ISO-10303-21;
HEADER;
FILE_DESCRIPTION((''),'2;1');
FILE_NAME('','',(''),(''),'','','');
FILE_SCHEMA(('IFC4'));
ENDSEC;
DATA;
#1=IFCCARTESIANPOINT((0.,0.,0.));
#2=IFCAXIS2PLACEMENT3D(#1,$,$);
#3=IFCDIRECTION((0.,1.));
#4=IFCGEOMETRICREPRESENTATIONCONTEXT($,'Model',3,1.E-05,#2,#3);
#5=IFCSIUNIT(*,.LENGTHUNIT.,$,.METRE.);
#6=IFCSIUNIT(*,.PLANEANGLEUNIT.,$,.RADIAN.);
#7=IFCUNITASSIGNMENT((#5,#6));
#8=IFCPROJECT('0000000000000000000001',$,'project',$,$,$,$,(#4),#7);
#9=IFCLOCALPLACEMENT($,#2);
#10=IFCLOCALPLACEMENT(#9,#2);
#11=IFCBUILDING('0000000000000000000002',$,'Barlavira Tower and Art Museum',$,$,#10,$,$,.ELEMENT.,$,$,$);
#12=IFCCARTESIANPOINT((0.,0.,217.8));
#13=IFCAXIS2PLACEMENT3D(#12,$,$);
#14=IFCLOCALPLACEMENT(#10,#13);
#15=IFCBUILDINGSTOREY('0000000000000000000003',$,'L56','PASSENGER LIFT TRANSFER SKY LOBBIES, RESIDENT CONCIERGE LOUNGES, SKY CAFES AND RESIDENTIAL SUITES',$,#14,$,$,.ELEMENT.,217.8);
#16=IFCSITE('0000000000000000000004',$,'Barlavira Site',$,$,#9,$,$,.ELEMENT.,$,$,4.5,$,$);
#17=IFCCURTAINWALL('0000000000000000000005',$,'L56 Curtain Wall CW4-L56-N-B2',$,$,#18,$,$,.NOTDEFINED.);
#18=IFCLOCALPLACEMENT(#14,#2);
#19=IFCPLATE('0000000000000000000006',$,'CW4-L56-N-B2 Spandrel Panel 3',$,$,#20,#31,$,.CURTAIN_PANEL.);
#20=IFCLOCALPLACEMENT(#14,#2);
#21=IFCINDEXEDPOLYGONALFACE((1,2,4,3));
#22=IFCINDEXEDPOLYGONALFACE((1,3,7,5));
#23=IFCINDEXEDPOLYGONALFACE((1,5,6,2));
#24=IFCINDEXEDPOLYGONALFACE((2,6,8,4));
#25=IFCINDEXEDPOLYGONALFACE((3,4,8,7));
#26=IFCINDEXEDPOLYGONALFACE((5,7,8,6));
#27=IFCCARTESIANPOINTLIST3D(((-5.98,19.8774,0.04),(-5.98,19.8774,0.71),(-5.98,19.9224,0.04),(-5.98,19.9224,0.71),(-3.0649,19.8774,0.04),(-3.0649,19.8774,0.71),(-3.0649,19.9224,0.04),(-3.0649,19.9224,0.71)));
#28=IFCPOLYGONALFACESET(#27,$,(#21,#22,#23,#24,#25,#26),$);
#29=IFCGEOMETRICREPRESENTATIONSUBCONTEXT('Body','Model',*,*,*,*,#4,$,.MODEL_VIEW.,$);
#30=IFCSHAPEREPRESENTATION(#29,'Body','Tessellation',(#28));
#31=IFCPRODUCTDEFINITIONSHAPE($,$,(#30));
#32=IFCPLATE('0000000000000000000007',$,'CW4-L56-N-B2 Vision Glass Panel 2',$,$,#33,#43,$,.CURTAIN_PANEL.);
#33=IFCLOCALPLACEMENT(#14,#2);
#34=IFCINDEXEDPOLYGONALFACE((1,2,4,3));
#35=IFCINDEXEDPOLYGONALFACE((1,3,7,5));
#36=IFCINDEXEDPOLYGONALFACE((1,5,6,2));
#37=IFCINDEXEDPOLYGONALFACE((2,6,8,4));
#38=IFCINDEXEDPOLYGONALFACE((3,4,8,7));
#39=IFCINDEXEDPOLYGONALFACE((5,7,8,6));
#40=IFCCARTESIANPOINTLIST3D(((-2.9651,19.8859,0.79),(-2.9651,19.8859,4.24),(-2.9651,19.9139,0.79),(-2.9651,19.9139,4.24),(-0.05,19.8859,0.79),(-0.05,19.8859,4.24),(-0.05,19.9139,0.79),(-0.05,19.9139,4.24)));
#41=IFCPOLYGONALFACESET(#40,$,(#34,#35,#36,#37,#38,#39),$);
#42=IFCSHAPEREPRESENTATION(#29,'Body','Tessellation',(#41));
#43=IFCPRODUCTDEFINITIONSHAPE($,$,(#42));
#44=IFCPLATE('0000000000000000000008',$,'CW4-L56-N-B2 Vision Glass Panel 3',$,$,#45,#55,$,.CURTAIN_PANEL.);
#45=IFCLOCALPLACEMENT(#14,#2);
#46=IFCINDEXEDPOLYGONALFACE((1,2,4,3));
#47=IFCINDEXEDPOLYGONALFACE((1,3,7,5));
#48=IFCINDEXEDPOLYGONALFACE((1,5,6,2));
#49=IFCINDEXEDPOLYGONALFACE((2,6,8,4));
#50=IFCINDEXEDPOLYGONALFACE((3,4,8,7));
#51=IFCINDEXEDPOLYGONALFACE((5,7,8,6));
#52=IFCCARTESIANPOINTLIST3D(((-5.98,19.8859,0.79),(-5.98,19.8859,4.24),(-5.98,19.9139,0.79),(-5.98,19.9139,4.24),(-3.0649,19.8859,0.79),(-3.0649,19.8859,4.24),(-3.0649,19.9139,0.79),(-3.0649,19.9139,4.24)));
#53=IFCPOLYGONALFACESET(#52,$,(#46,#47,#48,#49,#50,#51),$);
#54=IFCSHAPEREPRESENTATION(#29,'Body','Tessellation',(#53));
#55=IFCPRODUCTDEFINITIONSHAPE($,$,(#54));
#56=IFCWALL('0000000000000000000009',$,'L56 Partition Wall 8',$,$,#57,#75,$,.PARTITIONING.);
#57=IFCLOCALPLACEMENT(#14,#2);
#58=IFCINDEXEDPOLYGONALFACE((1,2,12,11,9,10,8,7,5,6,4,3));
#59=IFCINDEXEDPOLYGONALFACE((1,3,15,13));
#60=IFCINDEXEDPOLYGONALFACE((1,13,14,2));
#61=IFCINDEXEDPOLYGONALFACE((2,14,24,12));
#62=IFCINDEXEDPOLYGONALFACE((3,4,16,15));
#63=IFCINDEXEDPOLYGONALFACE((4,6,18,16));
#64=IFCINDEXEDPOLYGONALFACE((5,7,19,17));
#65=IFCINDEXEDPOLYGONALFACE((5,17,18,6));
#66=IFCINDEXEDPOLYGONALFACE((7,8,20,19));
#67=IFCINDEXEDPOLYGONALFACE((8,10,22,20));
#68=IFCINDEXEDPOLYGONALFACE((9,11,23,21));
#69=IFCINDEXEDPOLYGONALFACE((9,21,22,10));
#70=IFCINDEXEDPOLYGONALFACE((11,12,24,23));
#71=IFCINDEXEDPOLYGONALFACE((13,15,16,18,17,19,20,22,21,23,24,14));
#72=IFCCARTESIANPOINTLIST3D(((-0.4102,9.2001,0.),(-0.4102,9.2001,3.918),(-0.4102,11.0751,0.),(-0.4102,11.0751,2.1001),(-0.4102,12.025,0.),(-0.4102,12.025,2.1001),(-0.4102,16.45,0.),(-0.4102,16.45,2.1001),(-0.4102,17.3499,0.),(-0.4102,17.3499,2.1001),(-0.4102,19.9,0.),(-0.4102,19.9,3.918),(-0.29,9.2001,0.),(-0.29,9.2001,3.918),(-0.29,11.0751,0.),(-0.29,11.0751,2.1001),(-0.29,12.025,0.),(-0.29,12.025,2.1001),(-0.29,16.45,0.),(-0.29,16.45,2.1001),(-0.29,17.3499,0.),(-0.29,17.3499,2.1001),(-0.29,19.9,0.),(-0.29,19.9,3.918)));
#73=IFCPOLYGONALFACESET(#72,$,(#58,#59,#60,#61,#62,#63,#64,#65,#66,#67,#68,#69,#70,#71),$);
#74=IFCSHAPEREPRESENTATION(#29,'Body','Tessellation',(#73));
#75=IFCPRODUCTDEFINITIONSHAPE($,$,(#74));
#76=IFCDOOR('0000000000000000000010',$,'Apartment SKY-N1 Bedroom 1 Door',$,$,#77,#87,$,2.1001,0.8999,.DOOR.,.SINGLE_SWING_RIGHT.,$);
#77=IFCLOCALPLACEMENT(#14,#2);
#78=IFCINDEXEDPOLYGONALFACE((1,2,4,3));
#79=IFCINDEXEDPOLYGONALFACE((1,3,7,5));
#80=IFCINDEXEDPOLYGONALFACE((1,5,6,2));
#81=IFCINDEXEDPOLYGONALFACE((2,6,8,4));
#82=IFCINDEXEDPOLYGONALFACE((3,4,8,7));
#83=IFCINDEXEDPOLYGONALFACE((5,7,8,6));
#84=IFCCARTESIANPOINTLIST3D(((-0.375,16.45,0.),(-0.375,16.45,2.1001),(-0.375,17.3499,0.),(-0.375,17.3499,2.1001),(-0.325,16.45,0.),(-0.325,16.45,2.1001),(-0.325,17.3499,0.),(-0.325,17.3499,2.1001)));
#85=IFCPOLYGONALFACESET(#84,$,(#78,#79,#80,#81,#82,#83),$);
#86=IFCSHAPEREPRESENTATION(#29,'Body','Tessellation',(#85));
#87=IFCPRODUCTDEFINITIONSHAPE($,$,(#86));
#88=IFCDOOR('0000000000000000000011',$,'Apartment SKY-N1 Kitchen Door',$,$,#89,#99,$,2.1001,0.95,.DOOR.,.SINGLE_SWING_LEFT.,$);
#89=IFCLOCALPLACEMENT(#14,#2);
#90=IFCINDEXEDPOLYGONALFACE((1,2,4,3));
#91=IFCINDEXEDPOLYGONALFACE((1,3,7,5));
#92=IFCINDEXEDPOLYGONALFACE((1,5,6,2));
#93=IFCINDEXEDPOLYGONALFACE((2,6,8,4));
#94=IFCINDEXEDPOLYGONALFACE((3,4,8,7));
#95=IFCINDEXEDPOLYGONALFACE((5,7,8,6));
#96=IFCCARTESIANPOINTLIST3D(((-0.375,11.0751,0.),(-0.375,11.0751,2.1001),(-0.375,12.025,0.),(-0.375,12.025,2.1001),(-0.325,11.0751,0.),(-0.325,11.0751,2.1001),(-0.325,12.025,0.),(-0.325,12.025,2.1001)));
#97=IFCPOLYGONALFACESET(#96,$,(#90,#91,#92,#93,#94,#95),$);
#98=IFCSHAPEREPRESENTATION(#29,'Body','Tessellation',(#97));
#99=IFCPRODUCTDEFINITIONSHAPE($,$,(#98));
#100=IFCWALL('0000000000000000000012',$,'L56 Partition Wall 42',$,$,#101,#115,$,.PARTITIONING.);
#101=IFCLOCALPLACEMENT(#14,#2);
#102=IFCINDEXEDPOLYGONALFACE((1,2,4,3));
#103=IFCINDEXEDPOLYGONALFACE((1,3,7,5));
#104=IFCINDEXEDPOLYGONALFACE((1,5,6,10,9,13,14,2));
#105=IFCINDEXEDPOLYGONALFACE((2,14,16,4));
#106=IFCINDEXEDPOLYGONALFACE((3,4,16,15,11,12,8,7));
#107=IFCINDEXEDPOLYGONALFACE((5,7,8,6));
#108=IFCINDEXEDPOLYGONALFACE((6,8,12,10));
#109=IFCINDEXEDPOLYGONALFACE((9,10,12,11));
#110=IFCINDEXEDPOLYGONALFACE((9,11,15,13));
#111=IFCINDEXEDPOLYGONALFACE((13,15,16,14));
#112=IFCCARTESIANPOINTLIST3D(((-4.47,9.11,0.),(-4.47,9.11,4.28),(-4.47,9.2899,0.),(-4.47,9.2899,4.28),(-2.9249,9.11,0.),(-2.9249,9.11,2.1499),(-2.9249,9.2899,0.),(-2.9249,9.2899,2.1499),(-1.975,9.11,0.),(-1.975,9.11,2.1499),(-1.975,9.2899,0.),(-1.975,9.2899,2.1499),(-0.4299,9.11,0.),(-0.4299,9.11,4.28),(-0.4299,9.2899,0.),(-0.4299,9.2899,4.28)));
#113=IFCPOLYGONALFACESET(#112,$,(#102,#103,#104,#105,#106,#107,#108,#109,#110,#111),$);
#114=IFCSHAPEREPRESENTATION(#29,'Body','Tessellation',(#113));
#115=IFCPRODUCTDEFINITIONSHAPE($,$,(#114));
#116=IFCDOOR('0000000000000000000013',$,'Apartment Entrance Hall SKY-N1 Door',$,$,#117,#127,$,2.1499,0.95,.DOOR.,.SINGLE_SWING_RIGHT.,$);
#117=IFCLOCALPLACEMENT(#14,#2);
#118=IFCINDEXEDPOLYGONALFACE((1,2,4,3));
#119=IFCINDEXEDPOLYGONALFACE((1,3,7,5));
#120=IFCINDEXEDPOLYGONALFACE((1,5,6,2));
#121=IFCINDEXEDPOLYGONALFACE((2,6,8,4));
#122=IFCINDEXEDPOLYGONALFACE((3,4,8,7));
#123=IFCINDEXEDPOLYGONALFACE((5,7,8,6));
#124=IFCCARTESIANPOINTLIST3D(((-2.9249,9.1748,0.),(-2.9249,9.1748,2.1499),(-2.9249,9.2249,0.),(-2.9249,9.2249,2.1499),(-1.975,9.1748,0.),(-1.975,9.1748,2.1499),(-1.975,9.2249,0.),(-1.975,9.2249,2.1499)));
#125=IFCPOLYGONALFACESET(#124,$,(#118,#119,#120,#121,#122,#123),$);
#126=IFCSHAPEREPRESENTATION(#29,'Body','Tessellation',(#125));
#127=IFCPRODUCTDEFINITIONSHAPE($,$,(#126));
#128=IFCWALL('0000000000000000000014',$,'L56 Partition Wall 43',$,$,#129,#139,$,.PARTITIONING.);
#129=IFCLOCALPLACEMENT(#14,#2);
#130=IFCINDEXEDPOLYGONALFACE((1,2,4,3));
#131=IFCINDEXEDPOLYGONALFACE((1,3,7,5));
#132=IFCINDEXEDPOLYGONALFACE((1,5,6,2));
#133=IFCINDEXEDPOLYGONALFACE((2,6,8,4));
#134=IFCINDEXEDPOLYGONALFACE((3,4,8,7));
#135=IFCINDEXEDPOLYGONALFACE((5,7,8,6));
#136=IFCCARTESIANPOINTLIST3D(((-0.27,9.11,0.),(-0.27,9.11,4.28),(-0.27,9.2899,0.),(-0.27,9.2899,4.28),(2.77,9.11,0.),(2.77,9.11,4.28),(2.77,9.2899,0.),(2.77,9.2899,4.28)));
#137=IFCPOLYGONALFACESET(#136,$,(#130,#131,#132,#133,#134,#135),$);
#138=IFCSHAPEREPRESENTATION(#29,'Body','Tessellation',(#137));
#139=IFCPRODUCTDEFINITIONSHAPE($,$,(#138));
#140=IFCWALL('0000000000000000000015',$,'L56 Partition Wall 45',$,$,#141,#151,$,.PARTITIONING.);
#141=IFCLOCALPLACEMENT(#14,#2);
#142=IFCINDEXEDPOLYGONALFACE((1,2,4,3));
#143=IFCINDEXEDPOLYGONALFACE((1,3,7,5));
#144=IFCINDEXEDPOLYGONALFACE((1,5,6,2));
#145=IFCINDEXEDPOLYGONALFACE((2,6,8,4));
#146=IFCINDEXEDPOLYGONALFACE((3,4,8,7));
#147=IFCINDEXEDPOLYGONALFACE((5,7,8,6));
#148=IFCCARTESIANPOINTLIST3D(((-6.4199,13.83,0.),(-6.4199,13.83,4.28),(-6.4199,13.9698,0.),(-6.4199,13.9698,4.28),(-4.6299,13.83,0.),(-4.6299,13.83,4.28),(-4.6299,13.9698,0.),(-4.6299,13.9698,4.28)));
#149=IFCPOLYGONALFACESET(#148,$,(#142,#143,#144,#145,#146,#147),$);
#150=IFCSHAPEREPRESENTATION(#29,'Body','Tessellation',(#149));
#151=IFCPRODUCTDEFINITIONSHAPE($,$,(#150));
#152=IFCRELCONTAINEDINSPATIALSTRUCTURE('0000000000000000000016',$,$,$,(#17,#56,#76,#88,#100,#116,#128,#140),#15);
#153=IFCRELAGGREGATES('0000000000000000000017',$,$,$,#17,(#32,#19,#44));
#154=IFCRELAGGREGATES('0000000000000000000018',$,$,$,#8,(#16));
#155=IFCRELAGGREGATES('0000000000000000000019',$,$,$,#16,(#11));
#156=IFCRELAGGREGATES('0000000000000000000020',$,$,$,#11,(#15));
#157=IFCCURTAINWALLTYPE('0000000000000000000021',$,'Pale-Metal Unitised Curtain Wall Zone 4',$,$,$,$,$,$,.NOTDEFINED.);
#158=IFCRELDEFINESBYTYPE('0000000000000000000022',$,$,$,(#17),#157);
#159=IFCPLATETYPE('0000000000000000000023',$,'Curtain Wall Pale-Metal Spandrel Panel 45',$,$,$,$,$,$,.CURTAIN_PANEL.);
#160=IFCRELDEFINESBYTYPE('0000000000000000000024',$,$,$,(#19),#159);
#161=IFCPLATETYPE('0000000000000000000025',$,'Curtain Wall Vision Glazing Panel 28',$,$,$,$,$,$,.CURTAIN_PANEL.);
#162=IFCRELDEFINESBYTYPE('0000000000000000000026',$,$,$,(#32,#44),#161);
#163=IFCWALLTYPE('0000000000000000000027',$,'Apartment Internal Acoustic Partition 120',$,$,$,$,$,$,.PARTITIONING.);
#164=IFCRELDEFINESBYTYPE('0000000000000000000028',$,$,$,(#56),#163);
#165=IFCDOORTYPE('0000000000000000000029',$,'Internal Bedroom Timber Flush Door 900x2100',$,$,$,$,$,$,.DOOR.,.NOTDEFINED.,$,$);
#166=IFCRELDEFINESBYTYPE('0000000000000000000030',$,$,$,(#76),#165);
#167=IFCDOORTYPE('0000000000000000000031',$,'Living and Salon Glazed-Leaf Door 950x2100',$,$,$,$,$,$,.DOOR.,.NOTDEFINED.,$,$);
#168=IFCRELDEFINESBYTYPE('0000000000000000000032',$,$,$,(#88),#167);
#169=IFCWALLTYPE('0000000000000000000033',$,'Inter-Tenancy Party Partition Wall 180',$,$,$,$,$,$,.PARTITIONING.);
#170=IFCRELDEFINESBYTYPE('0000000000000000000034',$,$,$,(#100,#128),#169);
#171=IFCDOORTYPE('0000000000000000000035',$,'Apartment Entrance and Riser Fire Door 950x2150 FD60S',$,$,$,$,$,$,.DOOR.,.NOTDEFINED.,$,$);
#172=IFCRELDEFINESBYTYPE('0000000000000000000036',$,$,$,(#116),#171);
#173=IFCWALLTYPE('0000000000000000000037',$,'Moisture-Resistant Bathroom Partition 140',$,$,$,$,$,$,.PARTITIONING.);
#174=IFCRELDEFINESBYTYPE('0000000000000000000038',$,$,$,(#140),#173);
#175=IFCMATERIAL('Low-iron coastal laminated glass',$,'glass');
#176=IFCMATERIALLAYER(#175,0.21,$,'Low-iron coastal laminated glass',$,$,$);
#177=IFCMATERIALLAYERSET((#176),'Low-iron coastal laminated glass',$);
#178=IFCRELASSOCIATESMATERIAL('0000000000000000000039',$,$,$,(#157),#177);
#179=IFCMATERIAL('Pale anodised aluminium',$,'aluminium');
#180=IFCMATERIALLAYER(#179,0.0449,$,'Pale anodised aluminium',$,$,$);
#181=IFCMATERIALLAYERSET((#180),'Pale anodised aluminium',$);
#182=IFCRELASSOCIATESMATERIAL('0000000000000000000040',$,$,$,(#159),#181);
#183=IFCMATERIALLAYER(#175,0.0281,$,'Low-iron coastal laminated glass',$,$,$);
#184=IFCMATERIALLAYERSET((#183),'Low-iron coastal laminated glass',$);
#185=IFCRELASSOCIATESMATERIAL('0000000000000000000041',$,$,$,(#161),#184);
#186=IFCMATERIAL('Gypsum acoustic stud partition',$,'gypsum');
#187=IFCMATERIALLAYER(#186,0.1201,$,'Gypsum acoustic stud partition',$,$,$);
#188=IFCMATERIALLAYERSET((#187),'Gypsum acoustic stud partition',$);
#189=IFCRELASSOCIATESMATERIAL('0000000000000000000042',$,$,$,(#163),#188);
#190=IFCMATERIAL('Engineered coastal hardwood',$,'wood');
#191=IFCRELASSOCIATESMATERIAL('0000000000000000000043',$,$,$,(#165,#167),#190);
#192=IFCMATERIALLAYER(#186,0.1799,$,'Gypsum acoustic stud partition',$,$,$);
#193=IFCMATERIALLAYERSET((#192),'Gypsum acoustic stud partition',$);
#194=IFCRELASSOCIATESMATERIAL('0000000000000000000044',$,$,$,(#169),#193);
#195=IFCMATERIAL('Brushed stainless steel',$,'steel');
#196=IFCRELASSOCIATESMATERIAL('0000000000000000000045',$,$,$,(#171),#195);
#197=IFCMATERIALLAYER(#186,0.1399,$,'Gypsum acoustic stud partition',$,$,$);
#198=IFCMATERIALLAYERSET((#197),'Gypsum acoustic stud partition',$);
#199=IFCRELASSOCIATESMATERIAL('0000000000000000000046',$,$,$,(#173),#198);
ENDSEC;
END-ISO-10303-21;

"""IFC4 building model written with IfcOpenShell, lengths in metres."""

from ifc_helpers import new_model, si_unit, direction, frame, frame_2d, origin, origin_2d, place, context, subcontext, project, spatial, rectangle, extrude, material, layer, layer_set, type_object, element, fill, aggregate, save


model = new_model("IFC4")

# Units and contexts
model_context = context("Model", 3, precision=1e-05, world=origin(), true_north=direction((0.0, 1.0)))
body_context = subcontext(model_context, "Body", "Model", "MODEL_VIEW")
ifc_project = project(units=[si_unit("LENGTHUNIT", "METRE"), si_unit("PLANEANGLEUNIT", "RADIAN")], contexts=[model_context])

# Site, building, storey
site_placement = place(None, origin())
site = spatial("IfcSite", under=ifc_project, at=site_placement, Name="Barlavira Site", CompositionType="ELEMENT", RefElevation=4.5)
building_placement = place(site_placement, origin())
building = spatial("IfcBuilding", under=site, at=building_placement, Name="Barlavira Tower and Art Museum", CompositionType="ELEMENT")
storey_placement = place(building_placement, frame((0.0, 0.0, 217.8)))
storey = spatial("IfcBuildingStorey", under=building, at=storey_placement, Name="L56", Description="PASSENGER LIFT TRANSFER SKY LOBBIES, RESIDENT CONCIERGE LOUNGES, SKY CAFES AND RESIDENTIAL SUITES", CompositionType="ELEMENT", Elevation=217.8)

# Curtain wall
ifc_material_1 = material(Name="Low-iron coastal laminated glass", Category="glass")
ifc_layer_1 = layer(ifc_material_1, 0.21, Name="Low-iron coastal laminated glass")
ifc_layer_set_1 = layer_set([ifc_layer_1], Name="Low-iron coastal laminated glass")
curtain_wall_type = type_object("IfcCurtainWallType", Name="Pale-Metal Unitised Curtain Wall Zone 4", PredefinedType="NOTDEFINED", material=ifc_layer_set_1)
curtain_wall_placement = place(storey_placement, origin())
curtain_wall = element("IfcCurtainWall", 1, at=curtain_wall_placement, inside=storey, type_object=curtain_wall_type, Name="L56 Curtain Wall CW4-L56-N-B2", PredefinedType="NOTDEFINED")
ifc_material_2 = material(Name="Pale anodised aluminium", Category="aluminium")

# Plates
ifc_layer_2 = layer(ifc_material_2, 0.0449, Name="Pale anodised aluminium")
ifc_layer_set_2 = layer_set([ifc_layer_2], Name="Pale anodised aluminium")
plate_type_1 = type_object("IfcPlateType", Name="Curtain Wall Pale-Metal Spandrel Panel 45", PredefinedType="CURTAIN_PANEL", material=ifc_layer_set_2)
plate_1_placement = place(storey_placement, frame((-4.5225, 19.8999, 0.04), z_axis=(0.0, 0.0, 1.0), x_axis=(-1.0, 0.0, 0.0)))
plate_1 = element("IfcPlate", 2, at=plate_1_placement, type_object=plate_type_1, Name="CW4-L56-N-B2 Spandrel Panel 3", PredefinedType="CURTAIN_PANEL", context=body_context, shape_type="SweptSolid", body=[
    extrude(rectangle(XDim=2.915, YDim=0.0449, at=origin_2d()), origin(), (0.0, 0.0, 1.0), 0.6699),
])
ifc_layer_3 = layer(ifc_material_1, 0.0281, Name="Low-iron coastal laminated glass")
ifc_layer_set_3 = layer_set([ifc_layer_3], Name="Low-iron coastal laminated glass")
plate_type_2 = type_object("IfcPlateType", Name="Curtain Wall Vision Glazing Panel 28", PredefinedType="CURTAIN_PANEL", material=ifc_layer_set_3)
plate_2_placement = place(storey_placement, frame((-1.5076, 19.8999, 0.79), z_axis=(0.0, 0.0, 1.0), x_axis=(-1.0, 0.0, 0.0)))
plate_2 = element("IfcPlate", 3, at=plate_2_placement, type_object=plate_type_2, Name="CW4-L56-N-B2 Vision Glass Panel 2", PredefinedType="CURTAIN_PANEL", context=body_context, shape_type="SweptSolid", body=[
    extrude(rectangle(XDim=2.915, YDim=0.0281, at=origin_2d()), origin(), (0.0, 0.0, 1.0), 3.45),
])
plate_3_placement = place(storey_placement, frame((-4.5225, 19.8999, 0.79), z_axis=(0.0, 0.0, 1.0), x_axis=(-1.0, 0.0, 0.0)))
plate_3 = element("IfcPlate", 4, at=plate_3_placement, type_object=plate_type_2, Name="CW4-L56-N-B2 Vision Glass Panel 3", PredefinedType="CURTAIN_PANEL", context=body_context, shape_type="SweptSolid", body=[
    extrude(rectangle(XDim=2.915, YDim=0.0281, at=origin_2d()), origin(), (0.0, 0.0, 1.0), 3.45),
])
aggregate(curtain_wall, [plate_2, plate_1, plate_3])

# Wall, openings, doors
ifc_material_3 = material(Name="Gypsum acoustic stud partition", Category="gypsum")
ifc_layer_4 = layer(ifc_material_3, 0.1201, Name="Gypsum acoustic stud partition")
ifc_layer_set_4 = layer_set([ifc_layer_4], Name="Gypsum acoustic stud partition")
wall_type_1 = type_object("IfcWallType", Name="Apartment Internal Acoustic Partition 120", PredefinedType="PARTITIONING", material=ifc_layer_set_4)
wall_1_placement = place(storey_placement, frame((-0.3501, 9.2, 0.0), z_axis=(0.0, 0.0, 1.0), x_axis=(0.0, 1.0, 0.0)))
wall_1 = element("IfcWall", 5, at=wall_1_placement, inside=storey, type_object=wall_type_1, Name="L56 Partition Wall 8", PredefinedType="PARTITIONING", context=body_context, shape_type="SweptSolid", body=[
    extrude(rectangle(XDim=10.7, YDim=0.1201, at=frame_2d((5.3501, 0.0))), origin(), (0.0, 0.0, 1.0), 3.918),
])
opening_1_placement = place(wall_1_placement, frame((1.875, 0.0, 0.0)))
opening_1 = element("IfcOpeningElement", 6, at=opening_1_placement, cuts=wall_1, PredefinedType="OPENING", context=body_context, shape_type="SweptSolid", body=[
    extrude(rectangle(XDim=0.95, YDim=2.1001, at=frame_2d((0.4751, 1.05))), frame((0.0, 0.0701, 0.0), z_axis=(0.0, -1.0, 0.0), x_axis=(1.0, 0.0, 0.0)), (0.0, 0.0, 1.0), 0.1401),
])
opening_2_placement = place(wall_1_placement, frame((7.25, 0.0, 0.0)))
opening_2 = element("IfcOpeningElement", 7, at=opening_2_placement, cuts=wall_1, PredefinedType="OPENING", context=body_context, shape_type="SweptSolid", body=[
    extrude(rectangle(XDim=0.8999, YDim=2.1001, at=frame_2d((0.45, 1.05))), frame((0.0, 0.0701, 0.0), z_axis=(0.0, -1.0, 0.0), x_axis=(1.0, 0.0, 0.0)), (0.0, 0.0, 1.0), 0.1401),
])
ifc_material_4 = material(Name="Engineered coastal hardwood", Category="wood")
door_type_1 = type_object("IfcDoorType", Name="Internal Bedroom Timber Flush Door 900x2100", OperationType="NOTDEFINED", PredefinedType="DOOR", material=ifc_material_4)
door_1_placement = place(opening_2_placement, origin())
door_1 = element("IfcDoor", 8, at=door_1_placement, inside=storey, type_object=door_type_1, Name="Apartment SKY-N1 Bedroom 1 Door", OperationType="SINGLE_SWING_RIGHT", OverallHeight=2.1001, OverallWidth=0.8999, PredefinedType="DOOR", context=body_context, shape_type="SweptSolid", body=[
    extrude(rectangle(XDim=0.8999, YDim=2.1001, at=frame_2d((0.45, 1.05))), frame((0.0, 0.0249, 0.0), z_axis=(0.0, -1.0, 0.0), x_axis=(1.0, 0.0, 0.0)), (0.0, 0.0, 1.0), 0.05),
])
fill(opening_2, door_1)
door_type_2 = type_object("IfcDoorType", Name="Living and Salon Glazed-Leaf Door 950x2100", OperationType="NOTDEFINED", PredefinedType="DOOR", material=ifc_material_4)
door_2_placement = place(opening_1_placement, origin())
door_2 = element("IfcDoor", 9, at=door_2_placement, inside=storey, type_object=door_type_2, Name="Apartment SKY-N1 Kitchen Door", OperationType="SINGLE_SWING_LEFT", OverallHeight=2.1001, OverallWidth=0.95, PredefinedType="DOOR", context=body_context, shape_type="SweptSolid", body=[
    extrude(rectangle(XDim=0.95, YDim=2.1001, at=frame_2d((0.4751, 1.05))), frame((0.0, 0.0249, 0.0), z_axis=(0.0, -1.0, 0.0), x_axis=(1.0, 0.0, 0.0)), (0.0, 0.0, 1.0), 0.05),
])
fill(opening_1, door_2)

# Wall, opening, door
ifc_layer_5 = layer(ifc_material_3, 0.1799, Name="Gypsum acoustic stud partition")
ifc_layer_set_5 = layer_set([ifc_layer_5], Name="Gypsum acoustic stud partition")
wall_type_2 = type_object("IfcWallType", Name="Inter-Tenancy Party Partition Wall 180", PredefinedType="PARTITIONING", material=ifc_layer_set_5)
wall_2_placement = place(storey_placement, frame((-4.47, 9.2, 0.0), z_axis=(0.0, 0.0, 1.0), x_axis=(1.0, 0.0, 0.0)))
wall_2 = element("IfcWall", 10, at=wall_2_placement, inside=storey, type_object=wall_type_2, Name="L56 Partition Wall 42", PredefinedType="PARTITIONING", context=body_context, shape_type="SweptSolid", body=[
    extrude(rectangle(XDim=4.04, YDim=0.1799, at=frame_2d((2.02, 0.0))), origin(), (0.0, 0.0, 1.0), 4.28),
])
opening_3_placement = place(wall_2_placement, frame((1.5449, 0.0, 0.0)))
opening_3 = element("IfcOpeningElement", 11, at=opening_3_placement, cuts=wall_2, PredefinedType="OPENING", context=body_context, shape_type="SweptSolid", body=[
    extrude(rectangle(XDim=0.95, YDim=2.1499, at=frame_2d((0.4751, 1.075))), frame((0.0, 0.1001, 0.0), z_axis=(0.0, -1.0, 0.0), x_axis=(1.0, 0.0, 0.0)), (0.0, 0.0, 1.0), 0.2),
])
ifc_material_5 = material(Name="Brushed stainless steel", Category="steel")
door_type_3 = type_object("IfcDoorType", Name="Apartment Entrance and Riser Fire Door 950x2150 FD60S", OperationType="NOTDEFINED", PredefinedType="DOOR", material=ifc_material_5)
door_3_placement = place(opening_3_placement, origin())
door_3 = element("IfcDoor", 12, at=door_3_placement, inside=storey, type_object=door_type_3, Name="Apartment Entrance Hall SKY-N1 Door", OperationType="SINGLE_SWING_RIGHT", OverallHeight=2.1499, OverallWidth=0.95, PredefinedType="DOOR", context=body_context, shape_type="SweptSolid", body=[
    extrude(rectangle(XDim=0.95, YDim=2.1499, at=frame_2d((0.4751, 1.075))), frame((0.0, 0.0249, 0.0), z_axis=(0.0, -1.0, 0.0), x_axis=(1.0, 0.0, 0.0)), (0.0, 0.0, 1.0), 0.05),
])
fill(opening_3, door_3)

# Walls
wall_3_placement = place(storey_placement, frame((-0.27, 9.2, 0.0), z_axis=(0.0, 0.0, 1.0), x_axis=(1.0, 0.0, 0.0)))
element("IfcWall", 13, at=wall_3_placement, inside=storey, type_object=wall_type_2, Name="L56 Partition Wall 43", PredefinedType="PARTITIONING", context=body_context, shape_type="SweptSolid", body=[
    extrude(rectangle(XDim=3.04, YDim=0.1799, at=frame_2d((1.52, 0.0))), origin(), (0.0, 0.0, 1.0), 4.28),
])
ifc_layer_6 = layer(ifc_material_3, 0.1399, Name="Gypsum acoustic stud partition")
ifc_layer_set_6 = layer_set([ifc_layer_6], Name="Gypsum acoustic stud partition")
wall_type_3 = type_object("IfcWallType", Name="Moisture-Resistant Bathroom Partition 140", PredefinedType="PARTITIONING", material=ifc_layer_set_6)
wall_4_placement = place(storey_placement, frame((-6.4199, 13.8999, 0.0), z_axis=(0.0, 0.0, 1.0), x_axis=(1.0, 0.0, 0.0)))
element("IfcWall", 14, at=wall_4_placement, inside=storey, type_object=wall_type_3, Name="L56 Partition Wall 45", PredefinedType="PARTITIONING", context=body_context, shape_type="SweptSolid", body=[
    extrude(rectangle(XDim=1.79, YDim=0.1399, at=frame_2d((0.895, 0.0))), origin(), (0.0, 0.0, 1.0), 4.28),
])

save(model, "model.ifc")
